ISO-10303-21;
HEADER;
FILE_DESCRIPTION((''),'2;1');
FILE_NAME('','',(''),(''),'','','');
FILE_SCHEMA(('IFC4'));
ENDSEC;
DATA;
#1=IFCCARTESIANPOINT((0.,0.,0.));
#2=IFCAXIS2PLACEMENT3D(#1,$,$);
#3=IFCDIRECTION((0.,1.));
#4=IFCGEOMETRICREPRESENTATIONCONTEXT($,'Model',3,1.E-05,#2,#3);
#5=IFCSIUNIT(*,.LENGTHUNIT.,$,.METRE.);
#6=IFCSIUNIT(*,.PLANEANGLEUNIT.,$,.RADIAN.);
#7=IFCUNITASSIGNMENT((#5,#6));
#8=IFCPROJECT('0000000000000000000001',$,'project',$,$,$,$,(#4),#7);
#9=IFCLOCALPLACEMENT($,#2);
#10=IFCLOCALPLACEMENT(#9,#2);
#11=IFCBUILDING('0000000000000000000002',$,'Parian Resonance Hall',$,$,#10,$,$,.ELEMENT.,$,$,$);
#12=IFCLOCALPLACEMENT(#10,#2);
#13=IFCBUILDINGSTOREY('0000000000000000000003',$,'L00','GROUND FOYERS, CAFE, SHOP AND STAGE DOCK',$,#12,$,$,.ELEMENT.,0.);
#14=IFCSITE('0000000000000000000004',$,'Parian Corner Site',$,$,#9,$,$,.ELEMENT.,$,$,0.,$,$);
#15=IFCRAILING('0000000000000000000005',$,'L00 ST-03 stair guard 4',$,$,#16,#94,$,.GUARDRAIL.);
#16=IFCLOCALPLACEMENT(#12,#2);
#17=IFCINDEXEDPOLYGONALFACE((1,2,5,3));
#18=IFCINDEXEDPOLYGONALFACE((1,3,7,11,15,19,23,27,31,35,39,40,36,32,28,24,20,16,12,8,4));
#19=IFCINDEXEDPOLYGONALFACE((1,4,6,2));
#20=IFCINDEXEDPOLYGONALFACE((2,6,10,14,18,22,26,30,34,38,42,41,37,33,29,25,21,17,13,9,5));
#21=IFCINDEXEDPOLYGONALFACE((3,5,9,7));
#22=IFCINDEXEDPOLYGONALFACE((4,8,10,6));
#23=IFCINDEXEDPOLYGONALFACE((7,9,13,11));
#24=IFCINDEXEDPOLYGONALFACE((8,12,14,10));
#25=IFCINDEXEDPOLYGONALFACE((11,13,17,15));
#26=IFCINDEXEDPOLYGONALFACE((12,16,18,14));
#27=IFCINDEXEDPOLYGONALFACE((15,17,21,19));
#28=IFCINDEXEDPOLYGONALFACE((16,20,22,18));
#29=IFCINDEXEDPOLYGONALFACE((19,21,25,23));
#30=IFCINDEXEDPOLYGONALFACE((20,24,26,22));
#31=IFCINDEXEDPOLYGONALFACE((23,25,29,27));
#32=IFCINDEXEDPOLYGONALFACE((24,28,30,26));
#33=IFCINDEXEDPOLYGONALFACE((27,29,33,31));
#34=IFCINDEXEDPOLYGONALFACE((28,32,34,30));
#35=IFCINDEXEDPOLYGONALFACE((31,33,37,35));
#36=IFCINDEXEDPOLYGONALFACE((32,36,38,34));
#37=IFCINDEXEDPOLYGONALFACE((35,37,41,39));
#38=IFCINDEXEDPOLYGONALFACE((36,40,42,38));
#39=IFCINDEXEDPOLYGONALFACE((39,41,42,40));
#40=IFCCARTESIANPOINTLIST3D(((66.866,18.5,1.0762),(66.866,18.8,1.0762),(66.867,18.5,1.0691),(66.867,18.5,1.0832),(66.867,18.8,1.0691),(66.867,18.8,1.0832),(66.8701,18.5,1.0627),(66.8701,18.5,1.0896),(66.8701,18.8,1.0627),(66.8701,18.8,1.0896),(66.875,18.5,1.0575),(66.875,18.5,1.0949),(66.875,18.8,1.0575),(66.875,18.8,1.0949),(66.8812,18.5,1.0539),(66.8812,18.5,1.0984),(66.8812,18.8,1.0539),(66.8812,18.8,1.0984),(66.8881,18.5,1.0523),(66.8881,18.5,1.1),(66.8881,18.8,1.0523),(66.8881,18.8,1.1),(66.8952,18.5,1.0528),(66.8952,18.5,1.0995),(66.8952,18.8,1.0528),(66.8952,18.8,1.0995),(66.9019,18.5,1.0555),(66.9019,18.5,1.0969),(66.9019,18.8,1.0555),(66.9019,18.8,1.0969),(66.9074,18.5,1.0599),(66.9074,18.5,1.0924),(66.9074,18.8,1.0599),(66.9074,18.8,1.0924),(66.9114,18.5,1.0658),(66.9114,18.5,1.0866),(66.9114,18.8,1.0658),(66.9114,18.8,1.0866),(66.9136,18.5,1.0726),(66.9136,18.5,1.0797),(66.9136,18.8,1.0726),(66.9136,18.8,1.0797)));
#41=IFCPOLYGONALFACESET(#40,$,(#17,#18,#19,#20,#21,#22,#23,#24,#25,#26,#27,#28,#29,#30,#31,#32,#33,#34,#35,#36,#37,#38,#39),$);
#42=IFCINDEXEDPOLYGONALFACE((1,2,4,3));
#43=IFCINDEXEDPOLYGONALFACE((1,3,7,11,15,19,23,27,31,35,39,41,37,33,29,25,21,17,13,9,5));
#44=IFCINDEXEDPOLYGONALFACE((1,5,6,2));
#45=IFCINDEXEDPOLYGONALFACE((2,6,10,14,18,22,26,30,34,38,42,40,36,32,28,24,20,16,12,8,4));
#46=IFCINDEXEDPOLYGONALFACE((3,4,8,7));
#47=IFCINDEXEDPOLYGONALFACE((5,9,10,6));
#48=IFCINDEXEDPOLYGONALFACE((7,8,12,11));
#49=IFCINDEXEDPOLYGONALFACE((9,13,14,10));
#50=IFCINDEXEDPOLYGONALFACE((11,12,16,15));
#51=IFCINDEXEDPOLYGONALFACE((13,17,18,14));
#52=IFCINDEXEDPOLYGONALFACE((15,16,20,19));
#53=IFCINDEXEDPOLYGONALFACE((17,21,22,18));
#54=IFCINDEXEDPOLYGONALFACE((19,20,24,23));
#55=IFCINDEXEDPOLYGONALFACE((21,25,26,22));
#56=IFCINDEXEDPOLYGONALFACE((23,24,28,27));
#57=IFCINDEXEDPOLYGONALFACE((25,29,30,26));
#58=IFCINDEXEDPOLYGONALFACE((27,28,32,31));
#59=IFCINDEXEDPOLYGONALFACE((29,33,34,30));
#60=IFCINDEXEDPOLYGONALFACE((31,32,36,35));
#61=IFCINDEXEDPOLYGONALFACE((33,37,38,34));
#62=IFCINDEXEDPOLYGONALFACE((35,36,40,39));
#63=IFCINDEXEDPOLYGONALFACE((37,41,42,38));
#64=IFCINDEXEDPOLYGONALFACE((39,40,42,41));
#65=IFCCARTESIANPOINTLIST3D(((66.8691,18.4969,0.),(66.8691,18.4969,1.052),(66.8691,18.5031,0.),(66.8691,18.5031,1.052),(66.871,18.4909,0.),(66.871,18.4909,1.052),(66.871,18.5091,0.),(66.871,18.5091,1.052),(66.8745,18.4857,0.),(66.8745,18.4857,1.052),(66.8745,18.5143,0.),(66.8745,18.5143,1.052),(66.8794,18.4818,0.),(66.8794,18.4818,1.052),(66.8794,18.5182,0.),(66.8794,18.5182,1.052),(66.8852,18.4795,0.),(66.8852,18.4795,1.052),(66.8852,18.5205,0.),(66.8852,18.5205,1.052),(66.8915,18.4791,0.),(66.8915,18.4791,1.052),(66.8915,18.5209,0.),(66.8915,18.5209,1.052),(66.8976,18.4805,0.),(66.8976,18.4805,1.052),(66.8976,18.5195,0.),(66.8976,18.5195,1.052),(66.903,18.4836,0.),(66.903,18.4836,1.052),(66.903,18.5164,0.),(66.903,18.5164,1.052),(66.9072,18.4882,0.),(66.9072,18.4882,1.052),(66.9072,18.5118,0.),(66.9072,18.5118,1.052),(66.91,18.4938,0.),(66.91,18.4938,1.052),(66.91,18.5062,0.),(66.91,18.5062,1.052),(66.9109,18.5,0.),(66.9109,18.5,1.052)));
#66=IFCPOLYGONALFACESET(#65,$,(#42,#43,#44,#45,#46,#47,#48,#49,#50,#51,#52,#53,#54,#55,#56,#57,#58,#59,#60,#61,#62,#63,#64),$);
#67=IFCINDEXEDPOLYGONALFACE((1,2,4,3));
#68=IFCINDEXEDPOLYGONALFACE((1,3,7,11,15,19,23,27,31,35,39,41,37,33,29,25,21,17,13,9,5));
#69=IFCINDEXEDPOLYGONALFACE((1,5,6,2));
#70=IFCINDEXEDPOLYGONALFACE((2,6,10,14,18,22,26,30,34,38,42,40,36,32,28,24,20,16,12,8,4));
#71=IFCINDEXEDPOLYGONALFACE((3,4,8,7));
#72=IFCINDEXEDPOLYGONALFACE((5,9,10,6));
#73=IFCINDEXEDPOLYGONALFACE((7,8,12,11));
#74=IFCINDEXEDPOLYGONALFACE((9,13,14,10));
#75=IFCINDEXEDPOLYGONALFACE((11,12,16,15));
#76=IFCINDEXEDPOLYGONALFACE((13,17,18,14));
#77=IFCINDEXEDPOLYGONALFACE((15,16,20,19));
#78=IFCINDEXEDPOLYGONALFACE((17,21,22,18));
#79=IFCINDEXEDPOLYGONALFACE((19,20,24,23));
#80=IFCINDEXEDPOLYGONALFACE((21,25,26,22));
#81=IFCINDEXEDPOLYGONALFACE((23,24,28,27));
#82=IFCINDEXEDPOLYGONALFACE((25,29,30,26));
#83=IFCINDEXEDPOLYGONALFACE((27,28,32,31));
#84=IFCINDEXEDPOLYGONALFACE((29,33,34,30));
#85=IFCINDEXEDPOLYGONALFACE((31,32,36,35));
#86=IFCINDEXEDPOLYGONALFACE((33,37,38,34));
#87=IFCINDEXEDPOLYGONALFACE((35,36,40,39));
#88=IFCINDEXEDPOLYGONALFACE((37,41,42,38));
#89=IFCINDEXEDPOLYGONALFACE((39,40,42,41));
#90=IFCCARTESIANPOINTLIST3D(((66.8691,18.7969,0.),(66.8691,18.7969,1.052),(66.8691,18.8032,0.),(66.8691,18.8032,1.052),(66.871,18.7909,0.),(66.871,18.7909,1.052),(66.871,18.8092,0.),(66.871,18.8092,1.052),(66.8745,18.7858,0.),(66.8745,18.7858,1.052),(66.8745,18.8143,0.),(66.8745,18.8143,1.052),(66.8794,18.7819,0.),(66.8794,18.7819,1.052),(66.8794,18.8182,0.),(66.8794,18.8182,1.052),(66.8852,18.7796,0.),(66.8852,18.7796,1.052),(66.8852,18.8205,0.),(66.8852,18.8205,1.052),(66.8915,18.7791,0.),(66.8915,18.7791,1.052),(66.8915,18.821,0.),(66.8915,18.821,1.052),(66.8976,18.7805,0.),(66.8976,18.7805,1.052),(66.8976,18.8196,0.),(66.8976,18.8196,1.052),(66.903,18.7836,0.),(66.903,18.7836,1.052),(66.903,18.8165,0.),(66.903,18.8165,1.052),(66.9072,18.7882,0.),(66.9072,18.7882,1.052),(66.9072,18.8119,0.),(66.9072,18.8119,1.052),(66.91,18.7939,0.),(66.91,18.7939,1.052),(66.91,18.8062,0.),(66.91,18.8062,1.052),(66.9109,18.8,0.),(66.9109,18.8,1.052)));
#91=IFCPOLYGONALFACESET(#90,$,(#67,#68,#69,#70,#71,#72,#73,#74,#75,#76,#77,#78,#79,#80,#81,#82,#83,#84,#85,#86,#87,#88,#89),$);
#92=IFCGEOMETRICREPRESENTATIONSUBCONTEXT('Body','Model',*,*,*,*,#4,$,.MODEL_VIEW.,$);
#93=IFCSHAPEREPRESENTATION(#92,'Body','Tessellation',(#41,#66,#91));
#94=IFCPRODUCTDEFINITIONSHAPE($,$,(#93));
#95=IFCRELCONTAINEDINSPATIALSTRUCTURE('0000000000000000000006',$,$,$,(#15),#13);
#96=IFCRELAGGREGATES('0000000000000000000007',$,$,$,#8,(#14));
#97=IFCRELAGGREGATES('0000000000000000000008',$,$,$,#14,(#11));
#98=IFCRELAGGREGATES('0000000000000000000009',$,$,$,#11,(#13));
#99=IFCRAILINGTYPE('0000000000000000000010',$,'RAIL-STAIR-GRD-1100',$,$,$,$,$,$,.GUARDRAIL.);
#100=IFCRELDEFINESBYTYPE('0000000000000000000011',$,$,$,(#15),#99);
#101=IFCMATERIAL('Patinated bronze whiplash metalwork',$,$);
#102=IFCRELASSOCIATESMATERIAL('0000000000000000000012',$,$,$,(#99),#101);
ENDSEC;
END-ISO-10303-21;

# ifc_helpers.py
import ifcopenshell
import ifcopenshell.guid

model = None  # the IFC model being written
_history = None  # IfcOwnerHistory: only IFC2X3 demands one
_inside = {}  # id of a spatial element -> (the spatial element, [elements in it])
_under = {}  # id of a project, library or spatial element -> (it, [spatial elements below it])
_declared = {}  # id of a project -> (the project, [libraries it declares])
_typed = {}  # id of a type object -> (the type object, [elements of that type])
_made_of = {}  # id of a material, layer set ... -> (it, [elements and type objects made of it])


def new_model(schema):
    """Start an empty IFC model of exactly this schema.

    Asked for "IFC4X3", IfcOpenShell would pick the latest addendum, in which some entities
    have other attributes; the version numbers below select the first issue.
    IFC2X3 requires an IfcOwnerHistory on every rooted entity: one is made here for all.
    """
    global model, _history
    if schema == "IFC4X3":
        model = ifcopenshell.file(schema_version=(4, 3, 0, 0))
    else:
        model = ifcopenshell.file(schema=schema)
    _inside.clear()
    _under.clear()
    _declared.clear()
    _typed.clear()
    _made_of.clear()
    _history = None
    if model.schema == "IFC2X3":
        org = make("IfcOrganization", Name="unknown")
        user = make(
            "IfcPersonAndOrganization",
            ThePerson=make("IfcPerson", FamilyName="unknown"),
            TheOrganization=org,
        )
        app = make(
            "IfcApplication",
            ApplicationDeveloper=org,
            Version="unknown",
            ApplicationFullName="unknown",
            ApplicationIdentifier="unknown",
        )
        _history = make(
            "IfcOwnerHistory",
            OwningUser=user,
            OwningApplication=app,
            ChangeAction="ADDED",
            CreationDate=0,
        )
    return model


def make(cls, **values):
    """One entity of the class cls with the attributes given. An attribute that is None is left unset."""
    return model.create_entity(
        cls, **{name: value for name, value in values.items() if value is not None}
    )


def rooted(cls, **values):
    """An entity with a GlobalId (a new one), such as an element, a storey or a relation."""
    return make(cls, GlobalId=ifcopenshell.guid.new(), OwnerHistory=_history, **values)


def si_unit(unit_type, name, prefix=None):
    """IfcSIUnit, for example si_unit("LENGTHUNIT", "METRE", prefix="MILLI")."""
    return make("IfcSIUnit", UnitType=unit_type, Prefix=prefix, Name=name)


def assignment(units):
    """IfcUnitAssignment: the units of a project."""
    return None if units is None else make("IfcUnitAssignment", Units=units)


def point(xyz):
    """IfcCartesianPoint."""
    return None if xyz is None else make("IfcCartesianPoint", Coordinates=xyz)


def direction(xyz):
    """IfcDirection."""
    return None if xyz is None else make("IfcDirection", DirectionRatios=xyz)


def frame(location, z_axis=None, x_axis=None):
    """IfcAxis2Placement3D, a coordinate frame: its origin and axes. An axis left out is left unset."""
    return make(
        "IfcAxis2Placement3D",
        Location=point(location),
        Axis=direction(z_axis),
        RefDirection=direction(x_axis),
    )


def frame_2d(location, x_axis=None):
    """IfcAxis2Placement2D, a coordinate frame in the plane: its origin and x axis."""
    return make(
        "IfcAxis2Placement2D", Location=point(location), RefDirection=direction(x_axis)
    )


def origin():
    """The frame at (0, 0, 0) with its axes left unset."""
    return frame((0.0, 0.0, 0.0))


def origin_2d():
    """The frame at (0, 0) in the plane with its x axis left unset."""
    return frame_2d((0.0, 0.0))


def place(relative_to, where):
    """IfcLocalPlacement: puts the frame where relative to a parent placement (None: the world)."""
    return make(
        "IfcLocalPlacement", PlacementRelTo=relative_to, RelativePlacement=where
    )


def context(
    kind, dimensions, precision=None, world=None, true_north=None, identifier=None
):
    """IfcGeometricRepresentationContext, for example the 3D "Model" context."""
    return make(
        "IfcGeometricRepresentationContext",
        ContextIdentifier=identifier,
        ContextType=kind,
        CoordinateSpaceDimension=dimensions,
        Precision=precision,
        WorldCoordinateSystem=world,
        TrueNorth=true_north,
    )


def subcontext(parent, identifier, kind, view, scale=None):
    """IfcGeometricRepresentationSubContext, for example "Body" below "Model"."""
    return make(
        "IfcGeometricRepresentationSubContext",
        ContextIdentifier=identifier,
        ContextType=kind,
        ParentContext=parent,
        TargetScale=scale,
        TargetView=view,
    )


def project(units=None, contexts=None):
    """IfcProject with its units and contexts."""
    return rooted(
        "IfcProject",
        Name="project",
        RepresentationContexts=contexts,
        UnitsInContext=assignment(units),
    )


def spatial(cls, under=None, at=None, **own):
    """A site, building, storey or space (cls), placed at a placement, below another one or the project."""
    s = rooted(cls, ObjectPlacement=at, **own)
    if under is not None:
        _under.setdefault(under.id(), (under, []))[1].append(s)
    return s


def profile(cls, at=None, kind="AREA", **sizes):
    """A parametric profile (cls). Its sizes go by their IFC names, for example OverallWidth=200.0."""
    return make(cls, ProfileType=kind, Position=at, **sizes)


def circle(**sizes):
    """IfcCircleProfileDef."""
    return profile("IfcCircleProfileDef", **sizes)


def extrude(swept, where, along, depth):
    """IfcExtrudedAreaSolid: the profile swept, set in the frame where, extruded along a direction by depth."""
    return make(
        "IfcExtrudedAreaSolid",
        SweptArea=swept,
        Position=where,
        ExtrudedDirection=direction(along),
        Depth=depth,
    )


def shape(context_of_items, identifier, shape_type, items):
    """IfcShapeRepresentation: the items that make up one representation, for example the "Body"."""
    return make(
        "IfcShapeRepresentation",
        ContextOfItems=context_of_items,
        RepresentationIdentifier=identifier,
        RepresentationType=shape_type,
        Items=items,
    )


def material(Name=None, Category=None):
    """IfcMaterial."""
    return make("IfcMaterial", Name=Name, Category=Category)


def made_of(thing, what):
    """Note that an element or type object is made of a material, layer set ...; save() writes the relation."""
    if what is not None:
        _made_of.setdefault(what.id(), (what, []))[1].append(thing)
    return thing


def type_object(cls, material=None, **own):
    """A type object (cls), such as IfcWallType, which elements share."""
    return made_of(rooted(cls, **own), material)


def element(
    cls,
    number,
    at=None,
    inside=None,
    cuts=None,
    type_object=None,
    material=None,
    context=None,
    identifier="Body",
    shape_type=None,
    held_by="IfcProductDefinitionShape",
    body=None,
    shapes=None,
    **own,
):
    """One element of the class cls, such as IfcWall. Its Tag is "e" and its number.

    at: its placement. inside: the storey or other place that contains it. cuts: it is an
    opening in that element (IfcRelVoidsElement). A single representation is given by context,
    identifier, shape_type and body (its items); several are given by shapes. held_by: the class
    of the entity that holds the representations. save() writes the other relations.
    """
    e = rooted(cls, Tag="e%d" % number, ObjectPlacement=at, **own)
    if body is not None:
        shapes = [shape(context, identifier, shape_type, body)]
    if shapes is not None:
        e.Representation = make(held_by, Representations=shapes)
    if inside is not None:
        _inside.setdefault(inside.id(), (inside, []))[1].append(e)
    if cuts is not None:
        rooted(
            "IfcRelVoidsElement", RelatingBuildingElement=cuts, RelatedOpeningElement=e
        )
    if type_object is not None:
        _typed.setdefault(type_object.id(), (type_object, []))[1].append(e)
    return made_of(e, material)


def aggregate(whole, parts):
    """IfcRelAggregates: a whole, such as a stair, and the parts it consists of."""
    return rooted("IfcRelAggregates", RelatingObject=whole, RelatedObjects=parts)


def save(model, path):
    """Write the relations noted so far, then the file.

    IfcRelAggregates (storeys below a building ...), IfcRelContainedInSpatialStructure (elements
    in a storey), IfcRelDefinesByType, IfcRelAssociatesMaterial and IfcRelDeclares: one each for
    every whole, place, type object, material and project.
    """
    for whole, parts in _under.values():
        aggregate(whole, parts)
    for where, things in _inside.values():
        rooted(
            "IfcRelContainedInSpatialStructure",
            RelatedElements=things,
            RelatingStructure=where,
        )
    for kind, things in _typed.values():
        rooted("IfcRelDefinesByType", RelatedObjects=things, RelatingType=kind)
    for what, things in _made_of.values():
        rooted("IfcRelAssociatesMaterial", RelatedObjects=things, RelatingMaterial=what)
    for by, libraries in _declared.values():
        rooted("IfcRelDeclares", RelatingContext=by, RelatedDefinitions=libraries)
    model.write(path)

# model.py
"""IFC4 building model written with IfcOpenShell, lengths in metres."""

from ifc_helpers import new_model, si_unit, direction, frame, origin, origin_2d, place, context, subcontext, project, spatial, circle, extrude, material, type_object, element, save


model = new_model("IFC4")

# Units and contexts
model_context = context("Model", 3, precision=1e-05, world=origin(), true_north=direction((0.0, 1.0)))
body_context = subcontext(model_context, "Body", "Model", "MODEL_VIEW")
ifc_project = project(units=[si_unit("LENGTHUNIT", "METRE"), si_unit("PLANEANGLEUNIT", "RADIAN")], contexts=[model_context])

# Site, building, storey
site_placement = place(None, origin())
site = spatial("IfcSite", under=ifc_project, at=site_placement, Name="Parian Corner Site", CompositionType="ELEMENT", RefElevation=0.0)
building_placement = place(site_placement, origin())
building = spatial("IfcBuilding", under=site, at=building_placement, Name="Parian Resonance Hall", CompositionType="ELEMENT")
storey_placement = place(building_placement, origin())
storey = spatial("IfcBuildingStorey", under=building, at=storey_placement, Name="L00", Description="GROUND FOYERS, CAFE, SHOP AND STAGE DOCK", CompositionType="ELEMENT", Elevation=0.0)

# Railing
ifc_material_1 = material(Name="Patinated bronze whiplash metalwork")
railing_type_1 = type_object("IfcRailingType", Name="RAIL-STAIR-GRD-1100", PredefinedType="GUARDRAIL", material=ifc_material_1)
railing_1_placement = place(storey_placement, frame((66.8899, 18.5, 0.0)))
element("IfcRailing", 1, at=railing_1_placement, inside=storey, type_object=railing_type_1, Name="L00 ST-03 stair guard 4", PredefinedType="GUARDRAIL", context=body_context, shape_type="SweptSolid", body=[
    extrude(circle(Radius=0.0239, at=origin_2d()), frame((0.0, 0.0, 1.0762), z_axis=(0.0, 1.0, 0.0), x_axis=(-1.0, 0.0, 0.0)), (0.0, 0.0, 1.0), 0.3),
    extrude(circle(Radius=0.021, at=origin_2d()), origin(), (0.0, 0.0, 1.0), 1.052),
    extrude(circle(Radius=0.021, at=origin_2d()), frame((0.0, 0.3, 0.0)), (0.0, 0.0, 1.0), 1.052),
])

save(model, "model.ifc")
